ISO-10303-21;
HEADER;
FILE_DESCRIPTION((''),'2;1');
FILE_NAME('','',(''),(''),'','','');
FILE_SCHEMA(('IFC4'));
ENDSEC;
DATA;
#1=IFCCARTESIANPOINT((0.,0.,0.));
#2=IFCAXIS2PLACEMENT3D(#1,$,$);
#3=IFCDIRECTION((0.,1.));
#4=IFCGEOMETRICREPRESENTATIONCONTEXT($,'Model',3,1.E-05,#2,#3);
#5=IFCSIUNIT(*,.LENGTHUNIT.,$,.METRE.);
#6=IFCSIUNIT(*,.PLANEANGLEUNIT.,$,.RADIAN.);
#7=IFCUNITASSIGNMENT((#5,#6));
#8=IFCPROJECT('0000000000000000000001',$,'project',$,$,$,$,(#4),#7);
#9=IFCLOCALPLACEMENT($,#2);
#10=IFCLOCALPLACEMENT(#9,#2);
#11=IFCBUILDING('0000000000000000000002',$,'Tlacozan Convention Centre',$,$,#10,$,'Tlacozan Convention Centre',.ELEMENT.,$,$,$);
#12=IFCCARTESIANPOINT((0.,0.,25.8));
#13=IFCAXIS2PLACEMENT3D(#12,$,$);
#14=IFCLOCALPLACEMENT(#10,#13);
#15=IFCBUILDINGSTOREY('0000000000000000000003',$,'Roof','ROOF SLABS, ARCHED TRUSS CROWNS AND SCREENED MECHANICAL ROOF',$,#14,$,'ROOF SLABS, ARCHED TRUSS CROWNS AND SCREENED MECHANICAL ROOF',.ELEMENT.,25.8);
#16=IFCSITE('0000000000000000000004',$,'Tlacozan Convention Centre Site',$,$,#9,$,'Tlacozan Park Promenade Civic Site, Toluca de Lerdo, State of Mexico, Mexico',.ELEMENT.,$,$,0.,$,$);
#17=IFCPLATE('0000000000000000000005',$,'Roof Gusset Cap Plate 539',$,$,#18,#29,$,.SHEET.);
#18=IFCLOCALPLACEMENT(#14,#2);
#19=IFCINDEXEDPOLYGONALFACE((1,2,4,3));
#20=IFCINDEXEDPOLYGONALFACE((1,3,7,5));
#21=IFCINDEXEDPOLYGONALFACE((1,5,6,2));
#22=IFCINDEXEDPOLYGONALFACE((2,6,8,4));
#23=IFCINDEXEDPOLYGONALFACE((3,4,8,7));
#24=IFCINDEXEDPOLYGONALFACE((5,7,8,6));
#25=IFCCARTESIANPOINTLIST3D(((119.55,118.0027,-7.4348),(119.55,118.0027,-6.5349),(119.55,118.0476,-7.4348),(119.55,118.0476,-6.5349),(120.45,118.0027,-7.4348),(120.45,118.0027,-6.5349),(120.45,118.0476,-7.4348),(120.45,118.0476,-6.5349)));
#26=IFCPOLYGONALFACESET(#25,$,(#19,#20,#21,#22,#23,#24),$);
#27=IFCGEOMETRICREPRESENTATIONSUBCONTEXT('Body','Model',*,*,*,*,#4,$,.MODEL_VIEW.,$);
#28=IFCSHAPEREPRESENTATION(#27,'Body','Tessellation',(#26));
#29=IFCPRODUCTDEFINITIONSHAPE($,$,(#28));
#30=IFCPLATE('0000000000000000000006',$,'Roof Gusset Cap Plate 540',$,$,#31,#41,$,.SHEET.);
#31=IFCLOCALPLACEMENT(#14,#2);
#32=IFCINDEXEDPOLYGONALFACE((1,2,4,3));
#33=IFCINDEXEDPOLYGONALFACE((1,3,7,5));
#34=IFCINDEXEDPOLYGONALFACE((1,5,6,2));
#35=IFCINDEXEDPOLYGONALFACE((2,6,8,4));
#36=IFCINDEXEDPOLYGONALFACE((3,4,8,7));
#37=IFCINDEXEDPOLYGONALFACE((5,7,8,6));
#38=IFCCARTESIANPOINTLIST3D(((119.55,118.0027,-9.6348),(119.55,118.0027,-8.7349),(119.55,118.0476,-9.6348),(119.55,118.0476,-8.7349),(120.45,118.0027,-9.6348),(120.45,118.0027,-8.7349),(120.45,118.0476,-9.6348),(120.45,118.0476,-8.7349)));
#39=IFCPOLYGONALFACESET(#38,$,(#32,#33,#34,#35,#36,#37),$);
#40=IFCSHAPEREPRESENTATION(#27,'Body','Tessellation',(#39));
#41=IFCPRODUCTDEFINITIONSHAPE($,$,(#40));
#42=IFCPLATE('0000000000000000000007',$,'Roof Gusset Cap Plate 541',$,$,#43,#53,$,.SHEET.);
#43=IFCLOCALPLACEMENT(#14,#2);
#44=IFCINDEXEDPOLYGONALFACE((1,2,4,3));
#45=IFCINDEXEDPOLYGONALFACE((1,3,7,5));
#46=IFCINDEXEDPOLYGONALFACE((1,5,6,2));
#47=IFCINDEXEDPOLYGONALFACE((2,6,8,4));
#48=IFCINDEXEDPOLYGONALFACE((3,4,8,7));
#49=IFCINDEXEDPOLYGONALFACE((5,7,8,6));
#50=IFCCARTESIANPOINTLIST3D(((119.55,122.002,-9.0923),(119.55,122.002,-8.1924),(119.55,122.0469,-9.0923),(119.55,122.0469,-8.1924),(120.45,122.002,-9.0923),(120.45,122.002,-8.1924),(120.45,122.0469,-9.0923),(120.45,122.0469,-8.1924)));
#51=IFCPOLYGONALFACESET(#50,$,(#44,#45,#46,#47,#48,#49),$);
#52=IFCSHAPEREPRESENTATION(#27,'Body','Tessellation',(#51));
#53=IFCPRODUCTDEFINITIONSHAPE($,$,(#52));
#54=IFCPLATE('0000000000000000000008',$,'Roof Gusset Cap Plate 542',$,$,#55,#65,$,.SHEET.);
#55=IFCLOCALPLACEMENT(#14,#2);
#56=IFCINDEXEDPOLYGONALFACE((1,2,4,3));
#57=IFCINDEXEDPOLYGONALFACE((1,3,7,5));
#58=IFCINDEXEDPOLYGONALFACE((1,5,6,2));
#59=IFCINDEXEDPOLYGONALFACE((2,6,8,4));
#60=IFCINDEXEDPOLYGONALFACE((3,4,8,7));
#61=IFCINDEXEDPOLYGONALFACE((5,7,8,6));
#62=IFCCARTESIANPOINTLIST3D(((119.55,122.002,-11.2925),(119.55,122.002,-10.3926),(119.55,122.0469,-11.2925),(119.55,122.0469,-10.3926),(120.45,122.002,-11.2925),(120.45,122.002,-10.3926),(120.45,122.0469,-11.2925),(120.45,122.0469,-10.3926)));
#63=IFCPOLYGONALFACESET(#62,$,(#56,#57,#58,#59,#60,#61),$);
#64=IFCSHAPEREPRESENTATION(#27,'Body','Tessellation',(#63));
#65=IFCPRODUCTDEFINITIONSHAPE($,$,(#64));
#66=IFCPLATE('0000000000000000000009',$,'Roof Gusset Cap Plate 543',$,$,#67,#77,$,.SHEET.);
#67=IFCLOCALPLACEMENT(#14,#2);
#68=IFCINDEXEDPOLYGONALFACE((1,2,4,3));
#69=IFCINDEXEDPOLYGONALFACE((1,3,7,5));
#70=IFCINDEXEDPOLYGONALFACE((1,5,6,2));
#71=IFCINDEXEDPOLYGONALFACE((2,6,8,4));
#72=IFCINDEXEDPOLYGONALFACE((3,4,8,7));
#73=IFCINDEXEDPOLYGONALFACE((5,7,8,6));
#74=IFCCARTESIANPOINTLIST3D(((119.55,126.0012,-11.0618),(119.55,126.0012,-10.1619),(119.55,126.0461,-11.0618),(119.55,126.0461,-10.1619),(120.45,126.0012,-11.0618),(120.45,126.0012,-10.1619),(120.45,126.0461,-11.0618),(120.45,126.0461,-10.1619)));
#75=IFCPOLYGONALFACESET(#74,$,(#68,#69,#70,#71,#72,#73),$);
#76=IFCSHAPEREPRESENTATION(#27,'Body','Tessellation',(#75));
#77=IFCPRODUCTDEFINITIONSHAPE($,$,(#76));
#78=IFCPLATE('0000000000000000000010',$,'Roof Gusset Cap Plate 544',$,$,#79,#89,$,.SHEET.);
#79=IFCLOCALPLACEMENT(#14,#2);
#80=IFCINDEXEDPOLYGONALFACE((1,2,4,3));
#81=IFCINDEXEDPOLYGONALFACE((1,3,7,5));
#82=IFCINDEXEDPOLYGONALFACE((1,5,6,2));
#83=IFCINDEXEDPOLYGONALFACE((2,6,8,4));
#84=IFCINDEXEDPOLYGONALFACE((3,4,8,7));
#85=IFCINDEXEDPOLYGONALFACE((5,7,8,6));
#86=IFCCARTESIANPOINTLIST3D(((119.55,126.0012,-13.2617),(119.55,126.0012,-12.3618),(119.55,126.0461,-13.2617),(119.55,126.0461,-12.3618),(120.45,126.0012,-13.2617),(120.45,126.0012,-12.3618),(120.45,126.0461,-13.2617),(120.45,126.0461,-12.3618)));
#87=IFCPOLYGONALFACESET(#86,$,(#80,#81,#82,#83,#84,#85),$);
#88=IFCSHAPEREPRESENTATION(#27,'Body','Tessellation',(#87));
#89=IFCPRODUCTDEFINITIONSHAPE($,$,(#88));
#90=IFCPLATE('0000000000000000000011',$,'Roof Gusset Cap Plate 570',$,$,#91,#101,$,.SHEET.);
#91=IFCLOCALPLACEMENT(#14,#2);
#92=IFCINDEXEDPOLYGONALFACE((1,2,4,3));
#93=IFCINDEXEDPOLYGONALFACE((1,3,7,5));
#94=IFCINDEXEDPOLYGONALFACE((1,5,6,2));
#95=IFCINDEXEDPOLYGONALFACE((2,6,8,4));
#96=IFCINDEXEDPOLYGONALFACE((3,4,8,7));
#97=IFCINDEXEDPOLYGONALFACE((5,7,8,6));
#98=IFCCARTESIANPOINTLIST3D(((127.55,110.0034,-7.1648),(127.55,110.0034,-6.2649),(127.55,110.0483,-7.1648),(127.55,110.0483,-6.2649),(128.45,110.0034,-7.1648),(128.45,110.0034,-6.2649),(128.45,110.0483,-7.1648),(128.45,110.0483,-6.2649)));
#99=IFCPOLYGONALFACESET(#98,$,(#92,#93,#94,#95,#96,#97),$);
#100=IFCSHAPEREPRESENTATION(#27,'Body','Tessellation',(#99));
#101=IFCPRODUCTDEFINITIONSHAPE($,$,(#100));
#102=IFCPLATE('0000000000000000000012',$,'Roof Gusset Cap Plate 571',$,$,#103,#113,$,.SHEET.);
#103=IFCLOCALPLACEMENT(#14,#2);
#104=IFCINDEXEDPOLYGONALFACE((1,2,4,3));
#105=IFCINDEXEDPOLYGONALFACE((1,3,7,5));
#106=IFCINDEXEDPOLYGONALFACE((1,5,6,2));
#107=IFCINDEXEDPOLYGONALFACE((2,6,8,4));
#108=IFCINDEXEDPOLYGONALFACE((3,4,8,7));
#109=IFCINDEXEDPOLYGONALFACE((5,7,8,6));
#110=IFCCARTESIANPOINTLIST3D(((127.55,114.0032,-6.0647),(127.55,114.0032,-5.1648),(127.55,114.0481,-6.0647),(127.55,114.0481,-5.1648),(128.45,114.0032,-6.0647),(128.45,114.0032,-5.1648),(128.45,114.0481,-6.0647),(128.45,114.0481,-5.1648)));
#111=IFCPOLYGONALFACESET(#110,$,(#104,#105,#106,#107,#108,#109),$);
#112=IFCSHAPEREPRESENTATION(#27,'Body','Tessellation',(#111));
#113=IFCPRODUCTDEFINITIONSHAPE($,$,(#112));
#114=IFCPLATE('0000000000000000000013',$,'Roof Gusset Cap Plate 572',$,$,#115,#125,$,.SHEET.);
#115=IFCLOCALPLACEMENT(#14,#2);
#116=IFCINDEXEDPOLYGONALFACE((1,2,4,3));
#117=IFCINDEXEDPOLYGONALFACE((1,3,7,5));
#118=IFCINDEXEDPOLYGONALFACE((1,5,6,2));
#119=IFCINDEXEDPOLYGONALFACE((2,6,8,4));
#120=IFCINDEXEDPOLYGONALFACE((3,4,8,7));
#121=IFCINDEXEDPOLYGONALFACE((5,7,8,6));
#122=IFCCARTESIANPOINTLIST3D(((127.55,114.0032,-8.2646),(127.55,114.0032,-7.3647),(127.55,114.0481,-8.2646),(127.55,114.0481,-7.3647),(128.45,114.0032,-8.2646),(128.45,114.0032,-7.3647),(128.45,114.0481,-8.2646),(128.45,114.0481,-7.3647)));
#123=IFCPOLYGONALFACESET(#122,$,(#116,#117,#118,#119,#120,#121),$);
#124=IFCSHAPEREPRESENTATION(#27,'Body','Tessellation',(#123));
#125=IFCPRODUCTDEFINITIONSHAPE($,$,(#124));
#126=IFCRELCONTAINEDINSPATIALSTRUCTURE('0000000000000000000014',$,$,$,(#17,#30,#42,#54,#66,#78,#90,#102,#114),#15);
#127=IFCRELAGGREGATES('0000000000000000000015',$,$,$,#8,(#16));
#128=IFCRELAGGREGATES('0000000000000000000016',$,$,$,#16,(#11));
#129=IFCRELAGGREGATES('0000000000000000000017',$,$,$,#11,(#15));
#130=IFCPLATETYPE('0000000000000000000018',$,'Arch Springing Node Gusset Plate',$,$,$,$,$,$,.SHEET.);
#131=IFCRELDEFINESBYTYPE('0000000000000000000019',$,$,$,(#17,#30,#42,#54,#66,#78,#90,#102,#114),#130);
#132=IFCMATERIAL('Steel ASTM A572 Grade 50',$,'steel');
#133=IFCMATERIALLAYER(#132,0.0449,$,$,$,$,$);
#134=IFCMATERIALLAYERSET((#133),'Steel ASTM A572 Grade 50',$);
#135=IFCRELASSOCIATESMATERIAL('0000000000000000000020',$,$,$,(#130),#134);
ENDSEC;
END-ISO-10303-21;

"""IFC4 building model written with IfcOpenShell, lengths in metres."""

from ifc_helpers import new_model, si_unit, direction, frame, origin, origin_2d, place, context, subcontext, project, spatial, rectangle, extrude, material, layer, layer_set, type_object, element, save


model = new_model("IFC4")

# Units and contexts
model_context = context("Model", 3, precision=1e-05, world=origin(), true_north=direction((0.0, 1.0)))
body_context = subcontext(model_context, "Body", "Model", "MODEL_VIEW")
ifc_project = project(units=[si_unit("LENGTHUNIT", "METRE"), si_unit("PLANEANGLEUNIT", "RADIAN")], contexts=[model_context])

# Site, building, storey
site_placement = place(None, origin())
site = spatial("IfcSite", under=ifc_project, at=site_placement, Name="Tlacozan Convention Centre Site", LongName="Tlacozan Park Promenade Civic Site, Toluca de Lerdo, State of Mexico, Mexico", CompositionType="ELEMENT", RefElevation=0.0)
building_placement = place(site_placement, origin())
building = spatial("IfcBuilding", under=site, at=building_placement, Name="Tlacozan Convention Centre", LongName="Tlacozan Convention Centre", CompositionType="ELEMENT")
storey_placement = place(building_placement, frame((0.0, 0.0, 25.8)))
storey = spatial("IfcBuildingStorey", under=building, at=storey_placement, Name="Roof", Description="ROOF SLABS, ARCHED TRUSS CROWNS AND SCREENED MECHANICAL ROOF", LongName="ROOF SLABS, ARCHED TRUSS CROWNS AND SCREENED MECHANICAL ROOF", CompositionType="ELEMENT", Elevation=25.8)

# Plates
ifc_material_1 = material(Name="Steel ASTM A572 Grade 50", Category="steel")
ifc_layer = layer(ifc_material_1, 0.0449)
ifc_layer_set = layer_set([ifc_layer], Name="Steel ASTM A572 Grade 50")
plate_type = type_object("IfcPlateType", Name="Arch Springing Node Gusset Plate", PredefinedType="SHEET", material=ifc_layer_set)
for number, where, z_axis, x_axis, name in (
    (1, (120.0, 118.0251, -7.4348), (0.0, 0.0, 1.0), (0.0, 1.0, 0.0), "Roof Gusset Cap Plate 539"),
    (2, (120.0, 118.0251, -9.6348), (0.0, 0.0, 1.0), (0.0, 1.0, 0.0), "Roof Gusset Cap Plate 540"),
    (3, (120.0, 122.0244, -9.0923), (0.0, 0.0, 1.0), (0.0, 1.0, 0.0), "Roof Gusset Cap Plate 541"),
    (4, (120.0, 122.0244, -11.2925), (0.0, 0.0, 1.0), (0.0, 1.0, 0.0), "Roof Gusset Cap Plate 542"),
    (5, (120.0, 126.0237, -11.0618), (0.0, 0.0, 1.0), (0.0, 1.0, 0.0), "Roof Gusset Cap Plate 543"),
    (6, (120.0, 126.0237, -13.2617), (0.0, 0.0, 1.0), (0.0, 1.0, 0.0), "Roof Gusset Cap Plate 544"),
    (7, (128.0, 110.0259, -7.1648), (0.0, 0.0, 1.0), (0.0, 1.0, 0.0), "Roof Gusset Cap Plate 570"),
    (8, (128.0, 114.0256, -6.0647), (0.0, 0.0, 1.0), (0.0, 1.0, 0.0), "Roof Gusset Cap Plate 571"),
    (9, (128.0, 114.0256, -8.2646), (0.0, 0.0, 1.0), (0.0, 1.0, 0.0), "Roof Gusset Cap Plate 572"),
):
    element("IfcPlate", number, at=place(storey_placement, frame(where, z_axis=z_axis, x_axis=x_axis)), inside=storey, type_object=plate_type, Name=name, PredefinedType="SHEET", context=body_context, shape_type="SweptSolid", body=[
        extrude(rectangle(XDim=0.0449, YDim=0.8999, at=origin_2d()), origin(), (0.0, 0.0, 1.0), 0.8999),
    ])

save(model, "model.ifc")
